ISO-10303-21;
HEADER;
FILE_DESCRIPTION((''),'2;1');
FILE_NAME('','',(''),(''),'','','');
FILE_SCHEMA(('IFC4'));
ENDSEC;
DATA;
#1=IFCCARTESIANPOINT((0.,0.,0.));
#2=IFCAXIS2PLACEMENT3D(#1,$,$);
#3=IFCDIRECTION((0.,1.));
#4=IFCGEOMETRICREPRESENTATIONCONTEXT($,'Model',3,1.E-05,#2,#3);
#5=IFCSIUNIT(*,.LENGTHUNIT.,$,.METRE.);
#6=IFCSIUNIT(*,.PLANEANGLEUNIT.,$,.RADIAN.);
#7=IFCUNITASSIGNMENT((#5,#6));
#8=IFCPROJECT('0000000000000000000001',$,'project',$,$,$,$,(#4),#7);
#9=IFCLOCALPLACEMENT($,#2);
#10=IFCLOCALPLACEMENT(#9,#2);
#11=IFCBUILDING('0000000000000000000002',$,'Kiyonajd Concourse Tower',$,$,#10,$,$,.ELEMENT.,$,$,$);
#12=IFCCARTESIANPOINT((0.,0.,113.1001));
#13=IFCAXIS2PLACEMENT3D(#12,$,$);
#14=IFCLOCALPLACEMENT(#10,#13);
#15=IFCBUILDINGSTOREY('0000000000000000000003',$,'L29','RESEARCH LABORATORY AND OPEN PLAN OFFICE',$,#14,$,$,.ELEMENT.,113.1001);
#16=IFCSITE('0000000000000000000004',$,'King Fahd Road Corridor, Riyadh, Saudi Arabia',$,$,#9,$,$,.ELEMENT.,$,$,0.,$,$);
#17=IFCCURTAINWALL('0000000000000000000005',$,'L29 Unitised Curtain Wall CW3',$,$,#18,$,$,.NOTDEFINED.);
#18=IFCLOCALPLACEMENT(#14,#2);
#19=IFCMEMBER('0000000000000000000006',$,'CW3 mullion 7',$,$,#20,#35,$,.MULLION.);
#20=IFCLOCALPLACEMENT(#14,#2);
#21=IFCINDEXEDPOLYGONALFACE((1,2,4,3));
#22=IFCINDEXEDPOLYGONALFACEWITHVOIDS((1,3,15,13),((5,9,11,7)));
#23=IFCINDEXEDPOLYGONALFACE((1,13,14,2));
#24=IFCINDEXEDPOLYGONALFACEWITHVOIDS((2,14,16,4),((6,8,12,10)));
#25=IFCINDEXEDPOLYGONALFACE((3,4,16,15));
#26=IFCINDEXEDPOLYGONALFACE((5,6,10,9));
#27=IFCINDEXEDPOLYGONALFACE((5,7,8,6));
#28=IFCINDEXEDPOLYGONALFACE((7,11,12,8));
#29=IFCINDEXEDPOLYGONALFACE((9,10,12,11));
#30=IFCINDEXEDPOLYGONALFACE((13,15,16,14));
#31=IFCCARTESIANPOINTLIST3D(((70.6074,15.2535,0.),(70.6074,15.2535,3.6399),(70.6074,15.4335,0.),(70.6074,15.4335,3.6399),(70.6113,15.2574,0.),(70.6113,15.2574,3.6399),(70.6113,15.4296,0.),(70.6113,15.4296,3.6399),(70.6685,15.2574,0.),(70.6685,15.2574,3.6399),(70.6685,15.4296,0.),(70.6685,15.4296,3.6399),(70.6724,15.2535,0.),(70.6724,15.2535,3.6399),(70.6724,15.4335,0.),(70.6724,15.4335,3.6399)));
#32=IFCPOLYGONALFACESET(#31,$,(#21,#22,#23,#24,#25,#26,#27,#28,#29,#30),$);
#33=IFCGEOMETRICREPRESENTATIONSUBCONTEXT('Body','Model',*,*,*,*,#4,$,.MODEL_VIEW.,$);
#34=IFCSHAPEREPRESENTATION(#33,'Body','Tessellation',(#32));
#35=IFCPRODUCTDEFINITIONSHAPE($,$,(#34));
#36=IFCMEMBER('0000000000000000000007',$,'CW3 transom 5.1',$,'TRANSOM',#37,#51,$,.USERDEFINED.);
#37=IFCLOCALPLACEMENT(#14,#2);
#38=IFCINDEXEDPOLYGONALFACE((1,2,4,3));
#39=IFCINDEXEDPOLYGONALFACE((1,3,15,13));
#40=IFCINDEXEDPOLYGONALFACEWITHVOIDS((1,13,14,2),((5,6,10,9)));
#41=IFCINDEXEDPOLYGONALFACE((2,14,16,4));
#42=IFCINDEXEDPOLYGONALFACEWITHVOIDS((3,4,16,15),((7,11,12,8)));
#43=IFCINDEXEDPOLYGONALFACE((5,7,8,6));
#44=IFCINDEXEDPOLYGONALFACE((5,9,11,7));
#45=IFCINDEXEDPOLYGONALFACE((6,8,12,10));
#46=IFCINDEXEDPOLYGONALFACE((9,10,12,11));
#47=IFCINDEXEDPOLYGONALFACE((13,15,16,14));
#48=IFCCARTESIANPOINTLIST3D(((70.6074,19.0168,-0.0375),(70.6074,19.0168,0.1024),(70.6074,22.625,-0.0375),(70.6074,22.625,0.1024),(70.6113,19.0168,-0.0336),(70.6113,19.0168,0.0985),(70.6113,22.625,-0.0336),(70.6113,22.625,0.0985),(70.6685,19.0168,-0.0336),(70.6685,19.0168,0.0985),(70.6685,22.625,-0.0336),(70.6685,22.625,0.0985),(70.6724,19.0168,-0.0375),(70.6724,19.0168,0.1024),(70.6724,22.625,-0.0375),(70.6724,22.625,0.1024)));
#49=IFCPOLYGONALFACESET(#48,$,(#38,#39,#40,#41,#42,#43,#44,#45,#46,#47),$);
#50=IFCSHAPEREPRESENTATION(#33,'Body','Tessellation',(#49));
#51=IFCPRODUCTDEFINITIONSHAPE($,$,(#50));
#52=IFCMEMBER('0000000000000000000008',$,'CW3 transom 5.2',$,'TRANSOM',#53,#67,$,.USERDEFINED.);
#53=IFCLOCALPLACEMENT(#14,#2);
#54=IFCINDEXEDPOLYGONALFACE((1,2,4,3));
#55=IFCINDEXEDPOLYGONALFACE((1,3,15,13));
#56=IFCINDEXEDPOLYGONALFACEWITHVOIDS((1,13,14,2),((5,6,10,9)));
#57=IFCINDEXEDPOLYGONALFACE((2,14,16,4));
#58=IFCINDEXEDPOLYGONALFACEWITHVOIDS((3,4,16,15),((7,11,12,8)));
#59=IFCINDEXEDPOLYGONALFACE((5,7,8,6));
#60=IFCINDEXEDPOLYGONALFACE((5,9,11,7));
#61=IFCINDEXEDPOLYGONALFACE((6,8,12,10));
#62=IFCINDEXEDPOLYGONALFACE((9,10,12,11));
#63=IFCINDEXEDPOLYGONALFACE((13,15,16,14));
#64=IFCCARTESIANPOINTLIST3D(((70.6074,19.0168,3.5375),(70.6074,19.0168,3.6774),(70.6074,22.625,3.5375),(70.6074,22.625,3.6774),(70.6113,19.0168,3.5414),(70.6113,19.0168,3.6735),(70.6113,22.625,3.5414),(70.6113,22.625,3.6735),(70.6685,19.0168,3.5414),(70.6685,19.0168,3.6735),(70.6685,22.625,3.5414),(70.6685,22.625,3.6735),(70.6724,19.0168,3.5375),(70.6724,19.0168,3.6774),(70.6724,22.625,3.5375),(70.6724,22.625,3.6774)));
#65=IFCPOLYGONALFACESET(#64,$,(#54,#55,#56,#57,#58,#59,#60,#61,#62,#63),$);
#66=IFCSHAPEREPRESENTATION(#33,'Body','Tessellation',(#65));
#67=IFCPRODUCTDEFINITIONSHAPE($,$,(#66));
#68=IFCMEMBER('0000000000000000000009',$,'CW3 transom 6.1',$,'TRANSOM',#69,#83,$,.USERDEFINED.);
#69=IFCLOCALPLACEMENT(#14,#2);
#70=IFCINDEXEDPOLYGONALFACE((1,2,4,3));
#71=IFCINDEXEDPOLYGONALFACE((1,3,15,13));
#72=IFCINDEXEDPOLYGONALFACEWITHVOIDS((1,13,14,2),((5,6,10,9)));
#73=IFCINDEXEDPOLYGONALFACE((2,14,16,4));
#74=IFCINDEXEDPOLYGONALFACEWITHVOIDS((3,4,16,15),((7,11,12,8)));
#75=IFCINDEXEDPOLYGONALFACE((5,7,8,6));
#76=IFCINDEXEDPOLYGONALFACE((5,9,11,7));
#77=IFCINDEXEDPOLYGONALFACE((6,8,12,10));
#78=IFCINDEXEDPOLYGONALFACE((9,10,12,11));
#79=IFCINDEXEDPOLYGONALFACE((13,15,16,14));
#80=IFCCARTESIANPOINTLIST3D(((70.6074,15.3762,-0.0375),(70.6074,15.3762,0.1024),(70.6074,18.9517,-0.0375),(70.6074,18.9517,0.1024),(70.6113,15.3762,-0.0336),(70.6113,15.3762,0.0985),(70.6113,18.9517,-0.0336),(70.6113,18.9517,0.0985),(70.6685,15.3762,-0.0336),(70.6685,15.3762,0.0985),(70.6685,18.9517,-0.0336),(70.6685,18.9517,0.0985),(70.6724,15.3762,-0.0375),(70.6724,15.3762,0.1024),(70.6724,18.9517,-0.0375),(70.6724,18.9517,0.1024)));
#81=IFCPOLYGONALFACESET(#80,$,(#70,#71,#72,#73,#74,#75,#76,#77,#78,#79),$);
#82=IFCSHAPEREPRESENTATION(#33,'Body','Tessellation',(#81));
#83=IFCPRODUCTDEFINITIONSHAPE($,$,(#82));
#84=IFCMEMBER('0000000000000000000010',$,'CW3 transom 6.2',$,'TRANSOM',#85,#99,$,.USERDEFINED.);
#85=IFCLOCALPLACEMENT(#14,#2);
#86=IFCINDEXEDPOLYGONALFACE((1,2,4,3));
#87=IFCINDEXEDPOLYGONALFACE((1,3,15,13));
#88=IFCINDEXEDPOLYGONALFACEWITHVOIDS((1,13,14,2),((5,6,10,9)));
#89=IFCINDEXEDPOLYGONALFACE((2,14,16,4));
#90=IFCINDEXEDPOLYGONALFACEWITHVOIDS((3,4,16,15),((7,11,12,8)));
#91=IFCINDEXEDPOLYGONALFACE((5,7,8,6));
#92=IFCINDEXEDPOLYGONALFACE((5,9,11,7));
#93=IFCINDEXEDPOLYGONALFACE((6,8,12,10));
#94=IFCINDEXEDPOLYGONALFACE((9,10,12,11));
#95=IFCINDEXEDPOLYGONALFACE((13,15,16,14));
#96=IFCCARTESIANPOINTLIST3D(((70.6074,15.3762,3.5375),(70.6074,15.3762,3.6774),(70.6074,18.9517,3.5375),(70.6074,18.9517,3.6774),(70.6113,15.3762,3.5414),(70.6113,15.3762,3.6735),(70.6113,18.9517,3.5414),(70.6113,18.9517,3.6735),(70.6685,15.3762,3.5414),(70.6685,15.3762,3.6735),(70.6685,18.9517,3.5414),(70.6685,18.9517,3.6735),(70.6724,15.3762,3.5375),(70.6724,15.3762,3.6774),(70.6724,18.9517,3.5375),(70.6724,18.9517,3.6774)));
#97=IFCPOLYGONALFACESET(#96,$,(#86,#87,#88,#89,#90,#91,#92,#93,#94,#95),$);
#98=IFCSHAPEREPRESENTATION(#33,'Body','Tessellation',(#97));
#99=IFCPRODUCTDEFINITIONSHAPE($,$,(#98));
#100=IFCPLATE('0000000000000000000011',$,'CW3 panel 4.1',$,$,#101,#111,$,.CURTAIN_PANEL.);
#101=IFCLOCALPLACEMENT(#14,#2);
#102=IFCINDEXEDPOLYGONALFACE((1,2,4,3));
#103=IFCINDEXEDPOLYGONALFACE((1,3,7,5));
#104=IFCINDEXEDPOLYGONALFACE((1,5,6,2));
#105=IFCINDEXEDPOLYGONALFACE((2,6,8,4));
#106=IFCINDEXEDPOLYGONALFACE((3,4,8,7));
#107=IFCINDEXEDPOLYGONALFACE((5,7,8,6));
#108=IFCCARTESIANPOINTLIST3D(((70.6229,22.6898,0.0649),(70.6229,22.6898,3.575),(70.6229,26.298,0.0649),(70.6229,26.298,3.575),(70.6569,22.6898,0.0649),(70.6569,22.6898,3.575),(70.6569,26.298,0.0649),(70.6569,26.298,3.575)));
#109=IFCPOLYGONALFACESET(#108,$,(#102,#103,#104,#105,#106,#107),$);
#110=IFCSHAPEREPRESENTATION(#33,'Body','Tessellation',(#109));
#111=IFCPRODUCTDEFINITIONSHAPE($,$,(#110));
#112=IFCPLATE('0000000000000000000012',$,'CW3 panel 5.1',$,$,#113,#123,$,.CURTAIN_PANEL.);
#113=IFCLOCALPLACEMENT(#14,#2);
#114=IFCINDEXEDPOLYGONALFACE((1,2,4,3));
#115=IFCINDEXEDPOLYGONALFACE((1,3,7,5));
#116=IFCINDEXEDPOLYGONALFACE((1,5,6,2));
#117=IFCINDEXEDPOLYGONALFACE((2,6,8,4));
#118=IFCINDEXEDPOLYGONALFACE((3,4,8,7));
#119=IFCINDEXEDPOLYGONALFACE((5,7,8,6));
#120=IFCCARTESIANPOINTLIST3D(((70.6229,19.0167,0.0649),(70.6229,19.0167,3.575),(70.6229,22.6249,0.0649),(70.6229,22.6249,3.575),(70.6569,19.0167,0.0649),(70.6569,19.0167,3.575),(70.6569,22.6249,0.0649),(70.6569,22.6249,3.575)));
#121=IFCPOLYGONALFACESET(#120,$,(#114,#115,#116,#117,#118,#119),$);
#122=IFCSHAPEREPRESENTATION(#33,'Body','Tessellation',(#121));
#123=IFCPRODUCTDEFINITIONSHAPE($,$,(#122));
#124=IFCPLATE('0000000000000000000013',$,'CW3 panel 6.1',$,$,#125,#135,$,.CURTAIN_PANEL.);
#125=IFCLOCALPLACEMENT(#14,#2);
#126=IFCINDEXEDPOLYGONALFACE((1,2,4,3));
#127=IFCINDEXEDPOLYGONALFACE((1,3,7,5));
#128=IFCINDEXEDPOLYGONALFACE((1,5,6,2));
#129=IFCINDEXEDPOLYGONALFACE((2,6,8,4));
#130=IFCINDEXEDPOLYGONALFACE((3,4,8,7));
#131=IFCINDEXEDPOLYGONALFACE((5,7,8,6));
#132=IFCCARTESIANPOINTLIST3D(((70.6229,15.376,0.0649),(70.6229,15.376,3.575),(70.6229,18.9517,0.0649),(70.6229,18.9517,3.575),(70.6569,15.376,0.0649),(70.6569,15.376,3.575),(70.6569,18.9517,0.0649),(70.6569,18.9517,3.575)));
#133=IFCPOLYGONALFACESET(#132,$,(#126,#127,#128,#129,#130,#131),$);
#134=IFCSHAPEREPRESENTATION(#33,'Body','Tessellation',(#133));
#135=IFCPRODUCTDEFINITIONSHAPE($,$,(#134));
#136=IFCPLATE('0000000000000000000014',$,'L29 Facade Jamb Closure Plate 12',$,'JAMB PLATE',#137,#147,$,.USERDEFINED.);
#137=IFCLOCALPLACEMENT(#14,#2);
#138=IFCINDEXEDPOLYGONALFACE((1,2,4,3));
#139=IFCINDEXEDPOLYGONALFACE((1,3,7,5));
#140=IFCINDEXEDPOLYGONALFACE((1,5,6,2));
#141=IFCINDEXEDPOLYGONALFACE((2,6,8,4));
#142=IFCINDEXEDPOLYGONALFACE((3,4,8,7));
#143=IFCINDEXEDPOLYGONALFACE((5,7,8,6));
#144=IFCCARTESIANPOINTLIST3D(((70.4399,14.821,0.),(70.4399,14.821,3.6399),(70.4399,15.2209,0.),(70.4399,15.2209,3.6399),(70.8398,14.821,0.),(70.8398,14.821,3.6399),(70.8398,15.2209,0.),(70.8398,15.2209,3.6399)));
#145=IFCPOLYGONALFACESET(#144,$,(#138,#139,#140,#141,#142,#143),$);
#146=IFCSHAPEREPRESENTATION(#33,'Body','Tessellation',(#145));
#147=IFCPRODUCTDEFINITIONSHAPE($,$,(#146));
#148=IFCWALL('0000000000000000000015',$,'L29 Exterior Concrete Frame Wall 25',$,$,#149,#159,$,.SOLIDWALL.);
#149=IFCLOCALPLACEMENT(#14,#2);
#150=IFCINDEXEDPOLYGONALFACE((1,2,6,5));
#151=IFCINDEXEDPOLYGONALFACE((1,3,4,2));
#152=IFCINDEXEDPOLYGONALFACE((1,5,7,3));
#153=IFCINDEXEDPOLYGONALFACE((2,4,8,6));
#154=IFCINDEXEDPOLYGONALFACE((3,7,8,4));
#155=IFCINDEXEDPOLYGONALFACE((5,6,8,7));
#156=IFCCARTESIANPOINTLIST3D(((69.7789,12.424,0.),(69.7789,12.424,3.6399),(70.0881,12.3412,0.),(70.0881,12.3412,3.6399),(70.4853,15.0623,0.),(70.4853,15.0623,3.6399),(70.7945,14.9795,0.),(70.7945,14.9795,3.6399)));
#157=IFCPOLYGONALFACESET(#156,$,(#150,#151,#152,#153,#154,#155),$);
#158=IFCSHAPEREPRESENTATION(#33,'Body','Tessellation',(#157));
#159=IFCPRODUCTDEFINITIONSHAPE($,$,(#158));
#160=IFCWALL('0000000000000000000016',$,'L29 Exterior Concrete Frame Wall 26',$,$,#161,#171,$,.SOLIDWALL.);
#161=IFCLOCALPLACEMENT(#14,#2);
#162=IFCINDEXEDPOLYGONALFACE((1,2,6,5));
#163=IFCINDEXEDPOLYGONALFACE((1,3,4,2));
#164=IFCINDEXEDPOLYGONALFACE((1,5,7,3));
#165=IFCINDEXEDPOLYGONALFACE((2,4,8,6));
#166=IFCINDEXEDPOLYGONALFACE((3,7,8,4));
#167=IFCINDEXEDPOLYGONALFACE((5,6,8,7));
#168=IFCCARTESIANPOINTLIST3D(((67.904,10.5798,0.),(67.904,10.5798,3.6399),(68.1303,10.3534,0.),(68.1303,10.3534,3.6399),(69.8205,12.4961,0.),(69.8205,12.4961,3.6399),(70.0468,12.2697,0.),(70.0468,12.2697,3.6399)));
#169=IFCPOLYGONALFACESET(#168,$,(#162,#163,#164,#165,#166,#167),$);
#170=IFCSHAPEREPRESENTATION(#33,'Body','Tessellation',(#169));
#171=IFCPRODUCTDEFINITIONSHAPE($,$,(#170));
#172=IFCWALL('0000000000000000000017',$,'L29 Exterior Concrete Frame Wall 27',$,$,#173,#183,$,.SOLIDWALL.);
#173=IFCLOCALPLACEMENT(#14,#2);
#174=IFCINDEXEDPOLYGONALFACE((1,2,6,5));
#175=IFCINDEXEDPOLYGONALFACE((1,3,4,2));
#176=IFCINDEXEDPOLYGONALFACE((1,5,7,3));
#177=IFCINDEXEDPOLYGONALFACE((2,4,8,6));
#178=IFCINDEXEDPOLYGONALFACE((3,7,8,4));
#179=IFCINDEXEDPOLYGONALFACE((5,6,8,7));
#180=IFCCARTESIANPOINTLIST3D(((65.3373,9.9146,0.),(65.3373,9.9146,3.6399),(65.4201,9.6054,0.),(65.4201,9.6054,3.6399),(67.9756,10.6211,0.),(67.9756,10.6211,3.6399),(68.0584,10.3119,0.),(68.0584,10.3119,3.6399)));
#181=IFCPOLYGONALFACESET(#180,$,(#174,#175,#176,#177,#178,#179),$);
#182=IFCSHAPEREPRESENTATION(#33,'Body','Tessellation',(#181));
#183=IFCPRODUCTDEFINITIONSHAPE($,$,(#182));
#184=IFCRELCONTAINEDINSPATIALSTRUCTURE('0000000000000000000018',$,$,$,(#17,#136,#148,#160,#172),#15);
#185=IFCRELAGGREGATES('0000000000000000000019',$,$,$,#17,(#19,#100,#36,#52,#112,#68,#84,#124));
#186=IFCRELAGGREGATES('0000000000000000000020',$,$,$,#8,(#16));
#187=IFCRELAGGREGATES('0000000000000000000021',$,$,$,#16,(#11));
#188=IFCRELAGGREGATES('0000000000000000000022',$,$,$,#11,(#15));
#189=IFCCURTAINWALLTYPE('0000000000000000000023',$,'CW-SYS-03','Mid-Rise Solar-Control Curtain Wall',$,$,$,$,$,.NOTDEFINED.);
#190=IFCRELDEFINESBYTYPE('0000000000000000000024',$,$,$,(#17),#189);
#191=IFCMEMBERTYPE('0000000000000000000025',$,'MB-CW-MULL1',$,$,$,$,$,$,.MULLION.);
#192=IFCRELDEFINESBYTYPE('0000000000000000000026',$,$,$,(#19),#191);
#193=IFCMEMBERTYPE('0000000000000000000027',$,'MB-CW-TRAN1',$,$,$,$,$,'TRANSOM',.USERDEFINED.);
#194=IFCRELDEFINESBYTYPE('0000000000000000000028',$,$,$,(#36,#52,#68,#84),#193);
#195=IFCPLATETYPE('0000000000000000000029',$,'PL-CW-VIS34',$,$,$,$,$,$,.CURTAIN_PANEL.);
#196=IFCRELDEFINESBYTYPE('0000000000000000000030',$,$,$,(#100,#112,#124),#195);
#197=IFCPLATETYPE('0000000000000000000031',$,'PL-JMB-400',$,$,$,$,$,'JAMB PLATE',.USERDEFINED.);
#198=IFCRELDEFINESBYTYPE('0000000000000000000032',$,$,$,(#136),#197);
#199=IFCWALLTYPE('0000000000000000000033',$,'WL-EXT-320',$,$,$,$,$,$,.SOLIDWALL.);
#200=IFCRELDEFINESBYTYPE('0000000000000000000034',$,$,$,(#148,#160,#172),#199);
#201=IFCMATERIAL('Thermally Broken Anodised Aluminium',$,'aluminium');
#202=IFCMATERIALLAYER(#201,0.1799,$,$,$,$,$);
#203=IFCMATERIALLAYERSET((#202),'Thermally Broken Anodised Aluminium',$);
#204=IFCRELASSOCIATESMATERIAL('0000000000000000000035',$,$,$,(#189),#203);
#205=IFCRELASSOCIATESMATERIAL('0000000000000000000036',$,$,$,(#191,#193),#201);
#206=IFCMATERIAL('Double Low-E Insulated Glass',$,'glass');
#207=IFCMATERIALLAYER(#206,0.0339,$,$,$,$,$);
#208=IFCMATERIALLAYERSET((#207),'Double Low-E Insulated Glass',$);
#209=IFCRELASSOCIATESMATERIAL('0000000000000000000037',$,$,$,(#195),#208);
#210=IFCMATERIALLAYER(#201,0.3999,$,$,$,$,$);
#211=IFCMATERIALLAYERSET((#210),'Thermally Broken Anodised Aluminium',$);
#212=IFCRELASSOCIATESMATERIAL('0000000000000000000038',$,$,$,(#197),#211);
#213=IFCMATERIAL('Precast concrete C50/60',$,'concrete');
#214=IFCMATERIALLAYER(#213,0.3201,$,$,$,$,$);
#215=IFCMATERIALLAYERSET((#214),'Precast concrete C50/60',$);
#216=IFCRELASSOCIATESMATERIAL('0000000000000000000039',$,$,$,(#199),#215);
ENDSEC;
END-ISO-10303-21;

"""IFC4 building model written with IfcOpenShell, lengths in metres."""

from ifc_helpers import new_model, si_unit, direction, frame, frame_2d, origin, origin_2d, place, context, subcontext, project, spatial, rectangle, hollow_rectangle, extrude, material, layer, layer_set, material_profile, profile_set, type_object, element, aggregate, save


model = new_model("IFC4")

# Units and contexts
model_context = context("Model", 3, precision=1e-05, world=origin(), true_north=direction((0.0, 1.0)))
body_context = subcontext(model_context, "Body", "Model", "MODEL_VIEW")
ifc_project = project(units=[si_unit("LENGTHUNIT", "METRE"), si_unit("PLANEANGLEUNIT", "RADIAN")], contexts=[model_context])

# Site, building, storey
site_placement = place(None, origin())
site = spatial("IfcSite", under=ifc_project, at=site_placement, Name="King Fahd Road Corridor, Riyadh, Saudi Arabia", CompositionType="ELEMENT", RefElevation=0.0)
building_placement = place(site_placement, origin())
building = spatial("IfcBuilding", under=site, at=building_placement, Name="Kiyonajd Concourse Tower", CompositionType="ELEMENT")
storey_placement = place(building_placement, frame((0.0, 0.0, 113.1001)))
storey = spatial("IfcBuildingStorey", under=building, at=storey_placement, Name="L29", Description="RESEARCH LABORATORY AND OPEN PLAN OFFICE", CompositionType="ELEMENT", Elevation=113.1001)

# Shared definitions
ifc_material_1 = material(Name="Precast concrete C50/60", Category="concrete")

# Curtain wall, members, plates
ifc_material_2 = material(Name="Thermally Broken Anodised Aluminium", Category="aluminium")
ifc_layer_1 = layer(ifc_material_2, 0.1799)
ifc_layer_set_1 = layer_set([ifc_layer_1], Name="Thermally Broken Anodised Aluminium")
curtain_wall_type = type_object("IfcCurtainWallType", Name="CW-SYS-03", Description="Mid-Rise Solar-Control Curtain Wall", PredefinedType="NOTDEFINED", material=ifc_layer_set_1)
curtain_wall_placement = place(storey_placement, origin())
curtain_wall = element("IfcCurtainWall", 1, at=curtain_wall_placement, inside=storey, type_object=curtain_wall_type, Name="L29 Unitised Curtain Wall CW3", PredefinedType="NOTDEFINED")
ifc_material_profile_1 = material_profile(ifc_material_2, hollow_rectangle(XDim=0.0649, YDim=0.1799, WallThickness=0.0039, at=origin_2d()), Name="MULL-65x180")
ifc_profile_set_1 = profile_set([ifc_material_profile_1], Name="Thermally Broken Anodised Aluminium")
member_type_1 = type_object("IfcMemberType", Name="MB-CW-MULL1", PredefinedType="MULLION", material=ifc_profile_set_1)
member_1_placement = place(storey_placement, frame((70.6399, 15.3435, 0.0), z_axis=(0.0, 0.0, 1.0), x_axis=(1.0, 0.0, 0.0)))
member_1 = element("IfcMember", 2, at=member_1_placement, type_object=member_type_1, Name="CW3 mullion 7", PredefinedType="MULLION", context=body_context, shape_type="SweptSolid", body=[
    extrude(hollow_rectangle(XDim=0.0649, YDim=0.1799, WallThickness=0.0039, at=origin_2d()), origin(), (0.0, 0.0, 1.0), 3.6399),
])
ifc_material_profile_2 = material_profile(ifc_material_2, hollow_rectangle(XDim=0.0649, YDim=0.1399, WallThickness=0.0039, at=origin_2d()), Name="TRAN-65x140")
ifc_profile_set_2 = profile_set([ifc_material_profile_2], Name="Thermally Broken Anodised Aluminium")
member_type_2 = type_object("IfcMemberType", Name="MB-CW-TRAN1", ElementType="TRANSOM", PredefinedType="USERDEFINED", material=ifc_profile_set_2)
member_2_placement = place(storey_placement, frame((70.6399, 22.625, 0.0325), z_axis=(0.0, -1.0, 0.0), x_axis=(1.0, 0.0, 0.0)))
member_2 = element("IfcMember", 3, at=member_2_placement, type_object=member_type_2, Name="CW3 transom 5.1", ObjectType="TRANSOM", PredefinedType="USERDEFINED", context=body_context, shape_type="SweptSolid", body=[
    extrude(hollow_rectangle(XDim=0.0649, YDim=0.1399, WallThickness=0.0039, at=origin_2d()), origin(), (0.0, 0.0, 1.0), 3.6082),
])
member_3_placement = place(storey_placement, frame((70.6399, 22.625, 3.6074), z_axis=(0.0, -1.0, 0.0), x_axis=(1.0, 0.0, 0.0)))
member_3 = element("IfcMember", 4, at=member_3_placement, type_object=member_type_2, Name="CW3 transom 5.2", ObjectType="TRANSOM", PredefinedType="USERDEFINED", context=body_context, shape_type="SweptSolid", body=[
    extrude(hollow_rectangle(XDim=0.0649, YDim=0.1399, WallThickness=0.0039, at=origin_2d()), origin(), (0.0, 0.0, 1.0), 3.6082),
])
member_4_placement = place(storey_placement, frame((70.6399, 18.9517, 0.0325), z_axis=(0.0, -1.0, 0.0), x_axis=(1.0, 0.0, 0.0)))
member_4 = element("IfcMember", 5, at=member_4_placement, type_object=member_type_2, Name="CW3 transom 6.1", ObjectType="TRANSOM", PredefinedType="USERDEFINED", context=body_context, shape_type="SweptSolid", body=[
    extrude(hollow_rectangle(XDim=0.0649, YDim=0.1399, WallThickness=0.0039, at=origin_2d()), origin(), (0.0, 0.0, 1.0), 3.5754),
])
member_5_placement = place(storey_placement, frame((70.6399, 18.9517, 3.6074), z_axis=(0.0, -1.0, 0.0), x_axis=(1.0, 0.0, 0.0)))
member_5 = element("IfcMember", 6, at=member_5_placement, type_object=member_type_2, Name="CW3 transom 6.2", ObjectType="TRANSOM", PredefinedType="USERDEFINED", context=body_context, shape_type="SweptSolid", body=[
    extrude(hollow_rectangle(XDim=0.0649, YDim=0.1399, WallThickness=0.0039, at=origin_2d()), origin(), (0.0, 0.0, 1.0), 3.5754),
])
ifc_material_3 = material(Name="Double Low-E Insulated Glass", Category="glass")
ifc_layer_2 = layer(ifc_material_3, 0.0339)
ifc_layer_set_2 = layer_set([ifc_layer_2], Name="Double Low-E Insulated Glass")
plate_type_1 = type_object("IfcPlateType", Name="PL-CW-VIS34", PredefinedType="CURTAIN_PANEL", material=ifc_layer_set_2)
plate_1_placement = place(storey_placement, frame((70.6399, 24.4939, 0.0649), z_axis=(0.0, 0.0, 1.0), x_axis=(0.0, -1.0, 0.0)))
plate_1 = element("IfcPlate", 7, at=plate_1_placement, type_object=plate_type_1, Name="CW3 panel 4.1", PredefinedType="CURTAIN_PANEL", context=body_context, shape_type="SweptSolid", body=[
    extrude(rectangle(XDim=3.6082, YDim=0.0339, at=origin_2d()), origin(), (0.0, 0.0, 1.0), 3.51),
])
plate_2_placement = place(storey_placement, frame((70.6399, 20.8208, 0.0649), z_axis=(0.0, 0.0, 1.0), x_axis=(0.0, -1.0, 0.0)))
plate_2 = element("IfcPlate", 8, at=plate_2_placement, type_object=plate_type_1, Name="CW3 panel 5.1", PredefinedType="CURTAIN_PANEL", context=body_context, shape_type="SweptSolid", body=[
    extrude(rectangle(XDim=3.6082, YDim=0.0339, at=origin_2d()), origin(), (0.0, 0.0, 1.0), 3.51),
])
plate_3_placement = place(storey_placement, frame((70.6399, 17.1638, 0.0649), z_axis=(0.0, 0.0, 1.0), x_axis=(0.0, -1.0, 0.0)))
plate_3 = element("IfcPlate", 9, at=plate_3_placement, type_object=plate_type_1, Name="CW3 panel 6.1", PredefinedType="CURTAIN_PANEL", context=body_context, shape_type="SweptSolid", body=[
    extrude(rectangle(XDim=3.5757, YDim=0.0339, at=origin_2d()), origin(), (0.0, 0.0, 1.0), 3.51),
])
aggregate(curtain_wall, [member_1, plate_1, member_2, member_3, plate_2, member_4, member_5, plate_3])

# Plate
ifc_layer_3 = layer(ifc_material_2, 0.3999)
ifc_layer_set_3 = layer_set([ifc_layer_3], Name="Thermally Broken Anodised Aluminium")
plate_type_2 = type_object("IfcPlateType", Name="PL-JMB-400", ElementType="JAMB PLATE", PredefinedType="USERDEFINED", material=ifc_layer_set_3)
plate_4_placement = place(storey_placement, frame((70.6399, 15.021, 0.0), z_axis=(0.0, 0.0, 1.0), x_axis=(1.0, 0.0, 0.0)))
element("IfcPlate", 10, at=plate_4_placement, inside=storey, type_object=plate_type_2, Name="L29 Facade Jamb Closure Plate 12", ObjectType="JAMB PLATE", PredefinedType="USERDEFINED", context=body_context, shape_type="SweptSolid", body=[
    extrude(rectangle(XDim=0.3999, YDim=0.3999, at=origin_2d()), origin(), (0.0, 0.0, 1.0), 3.6399),
])

# Walls
ifc_layer_4 = layer(ifc_material_1, 0.3201)
ifc_layer_set_4 = layer_set([ifc_layer_4], Name="Precast concrete C50/60")
wall_type_1 = type_object("IfcWallType", Name="WL-EXT-320", PredefinedType="SOLIDWALL", material=ifc_layer_set_4)
wall_1_placement = place(storey_placement, frame((70.6399, 15.021, 0.0), z_axis=(0.0, 0.0, 1.0), x_axis=(-0.258614, -0.965981, 0.0)))
element("IfcWall", 11, at=wall_1_placement, inside=storey, type_object=wall_type_1, Name="L29 Exterior Concrete Frame Wall 25", PredefinedType="SOLIDWALL", context=body_context, shape_type="SweptSolid", body=[
    extrude(rectangle(XDim=2.7312, YDim=0.3201, at=frame_2d((1.3657, 0.0))), origin(), (0.0, 0.0, 1.0), 3.6399),
])
wall_2_placement = place(storey_placement, frame((69.9336, 12.3828, 0.0), z_axis=(0.0, 0.0, 1.0), x_axis=(-0.707152, -0.707062, 0.0)))
element("IfcWall", 12, at=wall_2_placement, inside=storey, type_object=wall_type_1, Name="L29 Exterior Concrete Frame Wall 26", PredefinedType="SOLIDWALL", context=body_context, shape_type="SweptSolid", body=[
    extrude(rectangle(XDim=2.7102, YDim=0.3201, at=frame_2d((1.355, 0.0))), origin(), (0.0, 0.0, 1.0), 3.6399),
])
wall_3_placement = place(storey_placement, frame((68.0171, 10.4666, 0.0), z_axis=(0.0, 0.0, 1.0), x_axis=(-0.965958, -0.258697, 0.0)))
element("IfcWall", 13, at=wall_3_placement, inside=storey, type_object=wall_type_1, Name="L29 Exterior Concrete Frame Wall 27", PredefinedType="SOLIDWALL", context=body_context, shape_type="SweptSolid", body=[
    extrude(rectangle(XDim=2.7312, YDim=0.3201, at=frame_2d((1.3657, 0.0))), origin(), (0.0, 0.0, 1.0), 3.6399),
])

save(model, "model.ifc")
